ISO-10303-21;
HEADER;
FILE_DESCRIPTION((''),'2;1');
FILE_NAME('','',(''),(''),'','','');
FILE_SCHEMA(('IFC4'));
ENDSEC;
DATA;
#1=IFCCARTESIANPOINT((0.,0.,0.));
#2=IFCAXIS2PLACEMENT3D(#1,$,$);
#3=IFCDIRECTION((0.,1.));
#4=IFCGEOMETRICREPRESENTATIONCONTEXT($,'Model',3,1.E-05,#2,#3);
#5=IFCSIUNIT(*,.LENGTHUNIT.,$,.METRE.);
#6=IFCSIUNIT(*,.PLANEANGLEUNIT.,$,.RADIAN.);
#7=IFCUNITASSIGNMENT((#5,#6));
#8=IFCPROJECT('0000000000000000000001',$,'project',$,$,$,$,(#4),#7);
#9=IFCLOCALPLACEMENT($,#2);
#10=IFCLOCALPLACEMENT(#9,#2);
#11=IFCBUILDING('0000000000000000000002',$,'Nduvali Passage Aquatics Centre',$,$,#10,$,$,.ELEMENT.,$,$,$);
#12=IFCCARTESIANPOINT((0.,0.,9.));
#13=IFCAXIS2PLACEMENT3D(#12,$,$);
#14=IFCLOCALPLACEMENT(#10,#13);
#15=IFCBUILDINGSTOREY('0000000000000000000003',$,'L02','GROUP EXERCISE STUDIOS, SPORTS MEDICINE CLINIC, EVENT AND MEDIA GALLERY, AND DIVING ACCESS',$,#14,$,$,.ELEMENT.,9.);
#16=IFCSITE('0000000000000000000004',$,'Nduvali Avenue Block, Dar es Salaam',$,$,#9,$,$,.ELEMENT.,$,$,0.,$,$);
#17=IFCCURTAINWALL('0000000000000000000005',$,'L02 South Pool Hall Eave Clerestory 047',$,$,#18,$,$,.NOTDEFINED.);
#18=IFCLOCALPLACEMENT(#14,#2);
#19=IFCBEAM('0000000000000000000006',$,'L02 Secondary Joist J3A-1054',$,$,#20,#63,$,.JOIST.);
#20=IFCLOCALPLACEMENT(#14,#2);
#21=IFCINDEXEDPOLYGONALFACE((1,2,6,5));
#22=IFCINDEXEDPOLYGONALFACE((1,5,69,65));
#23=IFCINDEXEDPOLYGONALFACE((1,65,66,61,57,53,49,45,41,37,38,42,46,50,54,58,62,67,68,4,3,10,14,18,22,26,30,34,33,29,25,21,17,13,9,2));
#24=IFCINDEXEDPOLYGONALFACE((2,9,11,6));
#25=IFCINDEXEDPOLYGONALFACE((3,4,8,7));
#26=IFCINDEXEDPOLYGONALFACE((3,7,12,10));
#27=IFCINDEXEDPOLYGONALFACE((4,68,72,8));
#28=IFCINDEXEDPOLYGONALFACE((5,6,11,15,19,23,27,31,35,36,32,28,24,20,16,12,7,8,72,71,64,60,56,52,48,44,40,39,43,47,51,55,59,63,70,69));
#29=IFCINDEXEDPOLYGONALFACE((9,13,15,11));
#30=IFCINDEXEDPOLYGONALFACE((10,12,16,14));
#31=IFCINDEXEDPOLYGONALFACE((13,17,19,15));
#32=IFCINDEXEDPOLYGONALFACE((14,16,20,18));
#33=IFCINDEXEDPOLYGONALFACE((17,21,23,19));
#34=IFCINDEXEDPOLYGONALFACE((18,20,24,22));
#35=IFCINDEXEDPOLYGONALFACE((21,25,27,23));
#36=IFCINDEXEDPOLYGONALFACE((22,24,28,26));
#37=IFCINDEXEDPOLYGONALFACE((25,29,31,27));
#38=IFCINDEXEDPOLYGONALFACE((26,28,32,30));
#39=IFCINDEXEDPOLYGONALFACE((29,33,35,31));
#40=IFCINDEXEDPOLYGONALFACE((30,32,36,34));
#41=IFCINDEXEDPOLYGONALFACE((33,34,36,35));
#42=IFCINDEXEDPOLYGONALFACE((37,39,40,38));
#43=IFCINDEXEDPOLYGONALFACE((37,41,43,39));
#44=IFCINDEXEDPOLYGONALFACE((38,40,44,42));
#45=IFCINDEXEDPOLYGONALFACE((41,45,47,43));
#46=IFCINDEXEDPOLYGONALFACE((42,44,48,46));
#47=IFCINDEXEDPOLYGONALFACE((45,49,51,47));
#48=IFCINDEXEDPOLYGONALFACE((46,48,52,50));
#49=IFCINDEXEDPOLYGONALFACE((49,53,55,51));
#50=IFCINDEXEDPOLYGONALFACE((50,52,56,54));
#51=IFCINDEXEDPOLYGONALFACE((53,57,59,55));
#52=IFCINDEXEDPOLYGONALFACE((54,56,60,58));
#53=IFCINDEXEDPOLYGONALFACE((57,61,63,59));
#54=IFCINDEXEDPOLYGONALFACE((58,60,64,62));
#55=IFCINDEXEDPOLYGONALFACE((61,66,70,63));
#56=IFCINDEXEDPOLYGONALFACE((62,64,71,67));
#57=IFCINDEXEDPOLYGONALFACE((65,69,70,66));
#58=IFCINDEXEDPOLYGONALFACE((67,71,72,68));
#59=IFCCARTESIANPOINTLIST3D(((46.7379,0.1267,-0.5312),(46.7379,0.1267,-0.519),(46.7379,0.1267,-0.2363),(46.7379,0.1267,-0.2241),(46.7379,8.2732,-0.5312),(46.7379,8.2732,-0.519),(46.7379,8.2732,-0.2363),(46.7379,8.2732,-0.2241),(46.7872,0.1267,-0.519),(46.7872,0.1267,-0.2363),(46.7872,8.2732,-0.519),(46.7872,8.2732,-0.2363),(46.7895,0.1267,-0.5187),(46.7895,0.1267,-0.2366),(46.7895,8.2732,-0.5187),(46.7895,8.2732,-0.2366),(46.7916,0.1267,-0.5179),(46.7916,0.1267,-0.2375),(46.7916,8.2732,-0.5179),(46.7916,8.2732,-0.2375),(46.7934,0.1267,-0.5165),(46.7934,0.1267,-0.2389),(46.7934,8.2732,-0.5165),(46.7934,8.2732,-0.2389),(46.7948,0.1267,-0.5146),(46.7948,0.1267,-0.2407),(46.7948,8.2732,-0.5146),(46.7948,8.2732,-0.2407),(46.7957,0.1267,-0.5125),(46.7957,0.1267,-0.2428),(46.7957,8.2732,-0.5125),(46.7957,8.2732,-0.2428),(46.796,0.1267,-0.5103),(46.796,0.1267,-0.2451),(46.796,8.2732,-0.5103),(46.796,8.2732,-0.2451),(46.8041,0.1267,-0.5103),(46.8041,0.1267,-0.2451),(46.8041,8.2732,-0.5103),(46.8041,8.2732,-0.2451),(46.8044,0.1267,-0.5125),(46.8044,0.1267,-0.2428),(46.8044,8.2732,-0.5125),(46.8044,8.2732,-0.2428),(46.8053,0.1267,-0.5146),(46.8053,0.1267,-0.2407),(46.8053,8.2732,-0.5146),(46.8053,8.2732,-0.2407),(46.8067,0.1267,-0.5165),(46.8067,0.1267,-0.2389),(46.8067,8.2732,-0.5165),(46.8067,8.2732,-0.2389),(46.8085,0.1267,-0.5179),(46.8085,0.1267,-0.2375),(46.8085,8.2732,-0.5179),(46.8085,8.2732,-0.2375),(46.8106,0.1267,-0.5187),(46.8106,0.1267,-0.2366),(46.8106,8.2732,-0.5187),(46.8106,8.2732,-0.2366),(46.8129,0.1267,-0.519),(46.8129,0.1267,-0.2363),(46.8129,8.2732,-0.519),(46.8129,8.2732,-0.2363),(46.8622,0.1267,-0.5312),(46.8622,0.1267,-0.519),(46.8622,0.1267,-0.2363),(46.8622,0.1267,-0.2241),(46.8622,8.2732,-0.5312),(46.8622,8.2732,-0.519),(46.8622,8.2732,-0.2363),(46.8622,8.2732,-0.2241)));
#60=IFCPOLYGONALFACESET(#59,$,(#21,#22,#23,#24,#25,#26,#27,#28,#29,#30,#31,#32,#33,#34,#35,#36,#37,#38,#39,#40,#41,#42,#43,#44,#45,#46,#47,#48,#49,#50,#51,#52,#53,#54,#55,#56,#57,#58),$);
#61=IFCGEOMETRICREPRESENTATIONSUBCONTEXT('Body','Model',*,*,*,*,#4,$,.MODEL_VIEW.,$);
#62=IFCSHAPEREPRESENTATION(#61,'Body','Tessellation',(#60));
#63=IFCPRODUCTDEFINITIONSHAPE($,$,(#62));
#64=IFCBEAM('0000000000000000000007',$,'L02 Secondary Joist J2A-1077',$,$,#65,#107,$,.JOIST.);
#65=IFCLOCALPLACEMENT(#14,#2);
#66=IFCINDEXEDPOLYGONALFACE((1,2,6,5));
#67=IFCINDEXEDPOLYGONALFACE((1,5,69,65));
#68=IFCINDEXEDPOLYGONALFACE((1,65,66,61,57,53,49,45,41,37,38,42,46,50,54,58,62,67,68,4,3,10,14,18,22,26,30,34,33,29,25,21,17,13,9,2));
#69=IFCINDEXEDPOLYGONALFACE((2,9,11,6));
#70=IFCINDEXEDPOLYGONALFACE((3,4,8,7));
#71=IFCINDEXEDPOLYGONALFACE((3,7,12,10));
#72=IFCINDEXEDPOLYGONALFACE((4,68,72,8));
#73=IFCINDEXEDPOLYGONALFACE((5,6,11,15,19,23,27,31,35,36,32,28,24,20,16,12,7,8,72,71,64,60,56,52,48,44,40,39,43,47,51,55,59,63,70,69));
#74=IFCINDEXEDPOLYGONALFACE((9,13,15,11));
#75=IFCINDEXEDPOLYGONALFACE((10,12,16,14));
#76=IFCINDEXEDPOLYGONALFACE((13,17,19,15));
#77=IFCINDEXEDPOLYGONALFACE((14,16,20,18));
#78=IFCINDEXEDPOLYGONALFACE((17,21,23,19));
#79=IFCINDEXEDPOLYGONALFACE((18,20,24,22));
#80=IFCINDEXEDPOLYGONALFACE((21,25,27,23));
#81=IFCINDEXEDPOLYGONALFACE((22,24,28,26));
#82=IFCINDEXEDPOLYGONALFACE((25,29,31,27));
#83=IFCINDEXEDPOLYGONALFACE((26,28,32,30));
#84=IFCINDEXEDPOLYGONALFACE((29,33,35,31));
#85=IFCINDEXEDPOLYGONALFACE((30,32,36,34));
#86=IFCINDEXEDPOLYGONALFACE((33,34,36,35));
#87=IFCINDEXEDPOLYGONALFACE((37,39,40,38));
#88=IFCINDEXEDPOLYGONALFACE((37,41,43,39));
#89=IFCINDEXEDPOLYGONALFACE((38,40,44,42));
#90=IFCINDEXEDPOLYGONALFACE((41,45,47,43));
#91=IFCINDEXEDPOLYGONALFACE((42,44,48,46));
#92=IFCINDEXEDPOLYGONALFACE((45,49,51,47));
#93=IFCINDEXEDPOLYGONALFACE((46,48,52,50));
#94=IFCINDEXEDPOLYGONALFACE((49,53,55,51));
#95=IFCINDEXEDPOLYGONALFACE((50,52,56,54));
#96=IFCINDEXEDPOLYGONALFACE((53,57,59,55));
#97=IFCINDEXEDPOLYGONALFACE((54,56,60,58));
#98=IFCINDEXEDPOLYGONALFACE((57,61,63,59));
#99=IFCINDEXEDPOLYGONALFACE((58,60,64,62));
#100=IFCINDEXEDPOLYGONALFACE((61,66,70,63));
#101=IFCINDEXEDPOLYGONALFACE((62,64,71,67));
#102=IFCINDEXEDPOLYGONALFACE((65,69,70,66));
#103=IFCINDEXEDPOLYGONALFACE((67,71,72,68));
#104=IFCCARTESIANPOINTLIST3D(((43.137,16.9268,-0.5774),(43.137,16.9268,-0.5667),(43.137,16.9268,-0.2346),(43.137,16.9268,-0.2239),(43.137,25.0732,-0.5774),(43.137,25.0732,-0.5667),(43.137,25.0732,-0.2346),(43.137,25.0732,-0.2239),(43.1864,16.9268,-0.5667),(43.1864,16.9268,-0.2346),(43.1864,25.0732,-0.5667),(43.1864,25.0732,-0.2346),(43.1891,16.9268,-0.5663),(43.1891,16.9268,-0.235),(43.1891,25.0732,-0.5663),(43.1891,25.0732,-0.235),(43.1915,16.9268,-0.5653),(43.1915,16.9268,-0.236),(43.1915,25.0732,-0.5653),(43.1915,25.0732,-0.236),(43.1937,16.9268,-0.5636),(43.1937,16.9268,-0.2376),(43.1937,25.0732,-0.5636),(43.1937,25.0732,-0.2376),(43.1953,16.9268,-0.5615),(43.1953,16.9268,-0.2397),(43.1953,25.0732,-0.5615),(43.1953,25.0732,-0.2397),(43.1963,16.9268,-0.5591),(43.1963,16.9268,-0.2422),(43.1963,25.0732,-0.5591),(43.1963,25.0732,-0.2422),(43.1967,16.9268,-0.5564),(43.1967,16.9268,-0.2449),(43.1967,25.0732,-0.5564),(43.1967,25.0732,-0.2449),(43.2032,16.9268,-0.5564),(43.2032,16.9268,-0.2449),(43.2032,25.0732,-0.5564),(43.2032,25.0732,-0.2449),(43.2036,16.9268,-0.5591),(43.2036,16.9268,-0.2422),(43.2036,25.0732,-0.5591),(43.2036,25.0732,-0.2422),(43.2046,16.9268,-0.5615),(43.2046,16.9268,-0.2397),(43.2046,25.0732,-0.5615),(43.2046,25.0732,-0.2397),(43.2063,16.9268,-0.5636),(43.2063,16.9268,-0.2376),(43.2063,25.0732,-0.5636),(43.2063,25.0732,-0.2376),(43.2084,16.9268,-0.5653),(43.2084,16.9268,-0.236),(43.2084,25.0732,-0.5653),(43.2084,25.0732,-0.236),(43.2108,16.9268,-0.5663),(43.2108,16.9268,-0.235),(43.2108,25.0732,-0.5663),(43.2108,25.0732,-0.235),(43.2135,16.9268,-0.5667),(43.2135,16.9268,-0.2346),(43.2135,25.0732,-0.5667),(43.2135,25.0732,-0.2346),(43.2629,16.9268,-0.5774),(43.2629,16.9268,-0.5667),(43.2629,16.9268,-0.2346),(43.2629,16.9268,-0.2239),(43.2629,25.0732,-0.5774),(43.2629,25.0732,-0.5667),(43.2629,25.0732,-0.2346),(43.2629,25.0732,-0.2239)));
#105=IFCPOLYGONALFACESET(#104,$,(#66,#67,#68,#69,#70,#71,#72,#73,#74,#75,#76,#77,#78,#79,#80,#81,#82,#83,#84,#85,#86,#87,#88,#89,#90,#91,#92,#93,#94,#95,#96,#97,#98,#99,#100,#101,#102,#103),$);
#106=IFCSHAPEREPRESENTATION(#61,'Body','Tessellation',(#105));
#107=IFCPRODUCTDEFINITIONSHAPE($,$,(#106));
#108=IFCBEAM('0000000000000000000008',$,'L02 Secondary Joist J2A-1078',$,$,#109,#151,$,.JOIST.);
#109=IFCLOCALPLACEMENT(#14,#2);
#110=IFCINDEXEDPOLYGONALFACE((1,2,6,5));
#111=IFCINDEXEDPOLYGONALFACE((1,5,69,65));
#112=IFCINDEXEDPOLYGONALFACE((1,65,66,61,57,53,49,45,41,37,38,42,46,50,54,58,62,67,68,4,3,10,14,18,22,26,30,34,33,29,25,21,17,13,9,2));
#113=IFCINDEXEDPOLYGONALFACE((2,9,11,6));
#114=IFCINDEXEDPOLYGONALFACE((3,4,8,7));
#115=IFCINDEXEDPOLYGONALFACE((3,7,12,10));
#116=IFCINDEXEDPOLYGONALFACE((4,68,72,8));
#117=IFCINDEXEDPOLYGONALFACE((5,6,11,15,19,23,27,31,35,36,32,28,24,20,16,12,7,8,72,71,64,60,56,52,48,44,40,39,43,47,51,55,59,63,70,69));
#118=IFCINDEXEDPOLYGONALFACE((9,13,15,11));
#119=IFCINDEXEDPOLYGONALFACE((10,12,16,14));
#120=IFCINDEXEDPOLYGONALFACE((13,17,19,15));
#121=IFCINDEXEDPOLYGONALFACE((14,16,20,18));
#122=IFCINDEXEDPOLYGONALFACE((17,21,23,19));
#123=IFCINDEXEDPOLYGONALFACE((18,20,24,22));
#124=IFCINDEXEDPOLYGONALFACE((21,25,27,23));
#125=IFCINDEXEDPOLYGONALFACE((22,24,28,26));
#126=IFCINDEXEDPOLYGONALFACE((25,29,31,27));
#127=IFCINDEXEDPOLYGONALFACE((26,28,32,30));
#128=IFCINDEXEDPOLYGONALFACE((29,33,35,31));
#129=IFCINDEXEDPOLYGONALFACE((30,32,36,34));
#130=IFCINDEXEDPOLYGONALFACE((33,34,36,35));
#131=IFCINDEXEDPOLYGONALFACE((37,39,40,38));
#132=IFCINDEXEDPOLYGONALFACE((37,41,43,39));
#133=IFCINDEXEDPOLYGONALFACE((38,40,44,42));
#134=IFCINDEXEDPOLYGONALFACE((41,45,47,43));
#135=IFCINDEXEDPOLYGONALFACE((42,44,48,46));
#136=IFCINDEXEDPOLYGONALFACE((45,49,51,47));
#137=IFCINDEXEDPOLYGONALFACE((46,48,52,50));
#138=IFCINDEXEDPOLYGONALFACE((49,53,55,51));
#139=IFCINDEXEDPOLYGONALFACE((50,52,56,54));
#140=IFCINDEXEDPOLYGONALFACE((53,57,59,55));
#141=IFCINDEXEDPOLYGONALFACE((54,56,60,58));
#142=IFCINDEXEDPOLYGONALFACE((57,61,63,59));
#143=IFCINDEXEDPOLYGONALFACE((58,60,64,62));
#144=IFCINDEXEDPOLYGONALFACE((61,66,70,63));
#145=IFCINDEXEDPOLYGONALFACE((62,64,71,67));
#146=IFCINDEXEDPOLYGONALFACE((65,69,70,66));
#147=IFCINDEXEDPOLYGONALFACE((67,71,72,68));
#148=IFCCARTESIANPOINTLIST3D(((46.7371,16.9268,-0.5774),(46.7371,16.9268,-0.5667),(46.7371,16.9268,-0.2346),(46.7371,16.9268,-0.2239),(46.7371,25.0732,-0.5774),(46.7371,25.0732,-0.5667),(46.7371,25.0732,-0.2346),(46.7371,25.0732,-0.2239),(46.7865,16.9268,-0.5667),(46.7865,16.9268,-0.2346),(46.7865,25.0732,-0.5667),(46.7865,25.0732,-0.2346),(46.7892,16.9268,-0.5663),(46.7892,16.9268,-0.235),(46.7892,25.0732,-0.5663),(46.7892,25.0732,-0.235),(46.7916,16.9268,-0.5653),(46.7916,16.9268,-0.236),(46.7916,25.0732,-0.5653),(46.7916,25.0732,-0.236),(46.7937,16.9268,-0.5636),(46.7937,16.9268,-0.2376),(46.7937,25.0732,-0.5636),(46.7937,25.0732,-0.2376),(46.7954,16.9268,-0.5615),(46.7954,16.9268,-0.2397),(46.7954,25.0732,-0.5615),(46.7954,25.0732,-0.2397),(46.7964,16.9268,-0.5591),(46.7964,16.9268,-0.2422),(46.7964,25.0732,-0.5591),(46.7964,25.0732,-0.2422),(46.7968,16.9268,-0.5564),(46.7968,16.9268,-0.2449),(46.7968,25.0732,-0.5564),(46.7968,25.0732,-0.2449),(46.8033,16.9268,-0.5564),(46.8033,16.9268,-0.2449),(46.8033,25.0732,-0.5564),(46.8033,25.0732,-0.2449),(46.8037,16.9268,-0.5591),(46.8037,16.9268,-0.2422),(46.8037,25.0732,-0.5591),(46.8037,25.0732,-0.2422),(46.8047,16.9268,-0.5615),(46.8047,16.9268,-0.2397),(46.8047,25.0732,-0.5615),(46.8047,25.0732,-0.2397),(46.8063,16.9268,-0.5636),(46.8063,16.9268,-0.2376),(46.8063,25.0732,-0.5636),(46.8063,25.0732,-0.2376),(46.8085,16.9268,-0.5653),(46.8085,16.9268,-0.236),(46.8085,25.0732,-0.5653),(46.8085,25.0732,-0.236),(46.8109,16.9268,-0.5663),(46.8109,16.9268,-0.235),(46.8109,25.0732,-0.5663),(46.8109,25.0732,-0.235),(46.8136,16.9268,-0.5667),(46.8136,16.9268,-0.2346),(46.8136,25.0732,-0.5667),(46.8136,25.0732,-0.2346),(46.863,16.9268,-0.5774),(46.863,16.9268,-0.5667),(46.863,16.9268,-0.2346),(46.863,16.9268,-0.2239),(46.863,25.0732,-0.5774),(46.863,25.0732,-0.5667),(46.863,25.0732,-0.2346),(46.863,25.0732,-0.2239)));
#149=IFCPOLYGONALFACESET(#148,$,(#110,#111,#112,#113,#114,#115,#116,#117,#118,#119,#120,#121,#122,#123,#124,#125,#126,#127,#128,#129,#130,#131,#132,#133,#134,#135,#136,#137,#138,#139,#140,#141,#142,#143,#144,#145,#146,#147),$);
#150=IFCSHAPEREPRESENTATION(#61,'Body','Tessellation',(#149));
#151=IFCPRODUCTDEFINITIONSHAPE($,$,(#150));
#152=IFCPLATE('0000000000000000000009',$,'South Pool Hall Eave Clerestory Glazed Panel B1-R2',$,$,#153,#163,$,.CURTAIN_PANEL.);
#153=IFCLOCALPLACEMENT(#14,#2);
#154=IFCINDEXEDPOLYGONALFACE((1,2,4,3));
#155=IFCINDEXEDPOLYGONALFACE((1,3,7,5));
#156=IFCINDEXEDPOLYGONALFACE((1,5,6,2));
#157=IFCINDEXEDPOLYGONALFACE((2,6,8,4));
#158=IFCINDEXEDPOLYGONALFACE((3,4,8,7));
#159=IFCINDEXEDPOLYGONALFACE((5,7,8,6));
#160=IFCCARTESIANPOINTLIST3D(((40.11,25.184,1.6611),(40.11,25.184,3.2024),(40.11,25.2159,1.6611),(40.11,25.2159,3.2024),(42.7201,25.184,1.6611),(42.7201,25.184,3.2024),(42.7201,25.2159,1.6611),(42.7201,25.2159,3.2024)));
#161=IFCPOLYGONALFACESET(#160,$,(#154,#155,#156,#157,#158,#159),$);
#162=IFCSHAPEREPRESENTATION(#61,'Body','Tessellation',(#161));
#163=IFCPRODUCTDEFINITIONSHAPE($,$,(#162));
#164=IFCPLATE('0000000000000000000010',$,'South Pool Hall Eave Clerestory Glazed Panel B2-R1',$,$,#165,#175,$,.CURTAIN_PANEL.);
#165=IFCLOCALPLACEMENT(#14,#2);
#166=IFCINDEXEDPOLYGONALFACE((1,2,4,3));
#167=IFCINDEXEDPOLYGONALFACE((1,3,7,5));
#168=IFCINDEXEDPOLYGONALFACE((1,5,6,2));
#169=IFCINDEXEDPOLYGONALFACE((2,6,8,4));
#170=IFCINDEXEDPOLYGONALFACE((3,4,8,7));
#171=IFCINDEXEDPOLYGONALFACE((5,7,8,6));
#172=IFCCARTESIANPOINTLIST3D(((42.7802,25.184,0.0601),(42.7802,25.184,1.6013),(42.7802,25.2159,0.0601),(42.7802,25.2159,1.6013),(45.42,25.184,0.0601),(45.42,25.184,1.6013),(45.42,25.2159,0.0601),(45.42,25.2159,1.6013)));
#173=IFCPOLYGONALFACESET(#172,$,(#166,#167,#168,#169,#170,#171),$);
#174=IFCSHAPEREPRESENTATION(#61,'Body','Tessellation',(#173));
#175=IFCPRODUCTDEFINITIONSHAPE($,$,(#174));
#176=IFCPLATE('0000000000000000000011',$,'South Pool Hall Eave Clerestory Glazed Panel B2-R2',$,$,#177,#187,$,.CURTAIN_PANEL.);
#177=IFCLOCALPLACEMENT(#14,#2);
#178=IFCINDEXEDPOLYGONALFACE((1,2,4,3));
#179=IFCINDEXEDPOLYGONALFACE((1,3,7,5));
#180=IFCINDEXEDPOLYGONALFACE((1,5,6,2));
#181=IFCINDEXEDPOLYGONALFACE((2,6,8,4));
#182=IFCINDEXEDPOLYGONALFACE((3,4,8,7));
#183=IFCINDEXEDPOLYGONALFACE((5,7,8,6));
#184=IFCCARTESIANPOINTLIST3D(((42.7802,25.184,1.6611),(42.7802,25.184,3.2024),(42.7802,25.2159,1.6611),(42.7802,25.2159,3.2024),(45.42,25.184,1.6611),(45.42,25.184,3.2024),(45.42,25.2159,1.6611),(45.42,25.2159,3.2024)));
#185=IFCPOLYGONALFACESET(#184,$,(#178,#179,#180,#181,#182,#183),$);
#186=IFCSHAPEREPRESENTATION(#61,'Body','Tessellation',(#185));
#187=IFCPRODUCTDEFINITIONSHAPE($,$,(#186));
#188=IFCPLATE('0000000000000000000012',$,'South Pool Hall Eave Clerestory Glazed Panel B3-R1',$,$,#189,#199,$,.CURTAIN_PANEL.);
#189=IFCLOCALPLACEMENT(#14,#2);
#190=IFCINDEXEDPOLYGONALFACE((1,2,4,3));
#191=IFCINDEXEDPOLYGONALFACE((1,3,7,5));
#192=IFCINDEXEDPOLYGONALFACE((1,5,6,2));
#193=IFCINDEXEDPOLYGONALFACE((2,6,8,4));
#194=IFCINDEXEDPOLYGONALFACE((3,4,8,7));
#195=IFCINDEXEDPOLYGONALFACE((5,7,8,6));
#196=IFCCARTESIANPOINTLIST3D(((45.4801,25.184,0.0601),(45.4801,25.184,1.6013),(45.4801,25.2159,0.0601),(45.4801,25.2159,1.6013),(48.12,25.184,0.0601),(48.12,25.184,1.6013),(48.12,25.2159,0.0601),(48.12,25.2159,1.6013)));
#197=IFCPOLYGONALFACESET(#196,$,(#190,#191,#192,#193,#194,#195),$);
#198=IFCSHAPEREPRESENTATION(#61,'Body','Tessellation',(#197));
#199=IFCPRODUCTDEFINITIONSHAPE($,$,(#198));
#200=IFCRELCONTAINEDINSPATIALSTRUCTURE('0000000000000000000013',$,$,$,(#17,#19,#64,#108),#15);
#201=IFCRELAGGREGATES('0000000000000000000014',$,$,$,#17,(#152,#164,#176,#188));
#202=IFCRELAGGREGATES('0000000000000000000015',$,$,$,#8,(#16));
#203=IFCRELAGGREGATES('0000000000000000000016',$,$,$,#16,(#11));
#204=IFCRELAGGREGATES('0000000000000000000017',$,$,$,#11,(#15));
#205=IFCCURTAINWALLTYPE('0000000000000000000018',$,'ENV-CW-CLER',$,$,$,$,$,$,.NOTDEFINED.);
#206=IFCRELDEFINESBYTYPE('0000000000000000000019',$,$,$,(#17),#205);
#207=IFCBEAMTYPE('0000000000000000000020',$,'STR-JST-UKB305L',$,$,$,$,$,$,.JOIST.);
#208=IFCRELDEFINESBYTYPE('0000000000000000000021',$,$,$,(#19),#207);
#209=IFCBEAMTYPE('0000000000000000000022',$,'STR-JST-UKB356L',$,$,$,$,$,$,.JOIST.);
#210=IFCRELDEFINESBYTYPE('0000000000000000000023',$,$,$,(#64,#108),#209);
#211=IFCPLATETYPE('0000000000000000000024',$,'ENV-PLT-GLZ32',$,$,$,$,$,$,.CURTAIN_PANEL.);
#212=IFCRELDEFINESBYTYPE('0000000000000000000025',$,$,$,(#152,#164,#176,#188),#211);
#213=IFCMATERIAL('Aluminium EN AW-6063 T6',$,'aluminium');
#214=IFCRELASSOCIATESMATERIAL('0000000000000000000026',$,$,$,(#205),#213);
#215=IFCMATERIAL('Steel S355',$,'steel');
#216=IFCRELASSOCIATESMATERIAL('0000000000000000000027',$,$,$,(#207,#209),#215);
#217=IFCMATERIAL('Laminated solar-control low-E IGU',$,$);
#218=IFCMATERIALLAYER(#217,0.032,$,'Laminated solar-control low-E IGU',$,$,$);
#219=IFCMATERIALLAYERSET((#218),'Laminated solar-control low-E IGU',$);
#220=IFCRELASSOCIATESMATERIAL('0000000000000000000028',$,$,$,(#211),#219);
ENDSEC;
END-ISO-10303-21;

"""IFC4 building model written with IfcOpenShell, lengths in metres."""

from ifc_helpers import new_model, si_unit, direction, frame, origin, origin_2d, place, context, subcontext, project, spatial, rectangle, i_section, extrude, material, layer, layer_set, material_profile, profile_set, type_object, element, aggregate, save


model = new_model("IFC4")

# Units and contexts
model_context = context("Model", 3, precision=1e-05, world=origin(), true_north=direction((0.0, 1.0)))
body_context = subcontext(model_context, "Body", "Model", "MODEL_VIEW")
ifc_project = project(units=[si_unit("LENGTHUNIT", "METRE"), si_unit("PLANEANGLEUNIT", "RADIAN")], contexts=[model_context])

# Site, building, storey
site_placement = place(None, origin())
site = spatial("IfcSite", under=ifc_project, at=site_placement, Name="Nduvali Avenue Block, Dar es Salaam", CompositionType="ELEMENT", RefElevation=0.0)
building_placement = place(site_placement, origin())
building = spatial("IfcBuilding", under=site, at=building_placement, Name="Nduvali Passage Aquatics Centre", CompositionType="ELEMENT")
storey_placement = place(building_placement, frame((0.0, 0.0, 9.0)))
storey = spatial("IfcBuildingStorey", under=building, at=storey_placement, Name="L02", Description="GROUP EXERCISE STUDIOS, SPORTS MEDICINE CLINIC, EVENT AND MEDIA GALLERY, AND DIVING ACCESS", CompositionType="ELEMENT", Elevation=9.0)

# Curtain wall
ifc_material_1 = material(Name="Aluminium EN AW-6063 T6", Category="aluminium")
curtain_wall_type = type_object("IfcCurtainWallType", Name="ENV-CW-CLER", PredefinedType="NOTDEFINED", material=ifc_material_1)
curtain_wall_placement = place(storey_placement, origin())
curtain_wall = element("IfcCurtainWall", 1, at=curtain_wall_placement, inside=storey, type_object=curtain_wall_type, Name="L02 South Pool Hall Eave Clerestory 047", PredefinedType="NOTDEFINED")

# Beams
ifc_material_2 = material(Name="Steel S355", Category="steel")
ifc_material_profile_1 = material_profile(ifc_material_2, i_section(OverallWidth=0.1243, OverallDepth=0.3071, WebThickness=0.0081, FlangeThickness=0.0122, FilletRadius=0.0088, at=origin_2d()), Name="UKB 305x127x42")
ifc_profile_set_1 = profile_set([ifc_material_profile_1], Name="Steel S355")
beam_type_1 = type_object("IfcBeamType", Name="STR-JST-UKB305L", PredefinedType="JOIST", material=ifc_profile_set_1)
for number, where, z_axis, x_axis, name in (
    (2, (46.8, 0.1267, -0.3777), (0.0, 1.0, 0.0), (-1.0, 0.0, 0.0), "L02 Secondary Joist J3A-1054"),
):
    element("IfcBeam", number, at=place(storey_placement, frame(where, z_axis=z_axis, x_axis=x_axis)), inside=storey, type_object=beam_type_1, Name=name, PredefinedType="JOIST", context=body_context, shape_type="SweptSolid", body=[
        extrude(i_section(OverallWidth=0.1243, OverallDepth=0.3071, WebThickness=0.0081, FlangeThickness=0.0122, FilletRadius=0.0088, at=origin_2d()), origin(), (0.0, 0.0, 1.0), 8.1465),
    ])
ifc_material_profile_2 = material_profile(ifc_material_2, i_section(OverallWidth=0.126, OverallDepth=0.3535, WebThickness=0.0066, FlangeThickness=0.0107, FilletRadius=0.0103, at=origin_2d()), Name="UKB 356x127x39")
ifc_profile_set_2 = profile_set([ifc_material_profile_2], Name="Steel S355")
beam_type_2 = type_object("IfcBeamType", Name="STR-JST-UKB356L", PredefinedType="JOIST", material=ifc_profile_set_2)
for number, where, z_axis, x_axis, name in (
    (3, (43.2, 16.9268, -0.4006), (0.0, 1.0, 0.0), (-1.0, 0.0, 0.0), "L02 Secondary Joist J2A-1077"),
    (4, (46.8, 16.9268, -0.4006), (0.0, 1.0, 0.0), (-1.0, 0.0, 0.0), "L02 Secondary Joist J2A-1078"),
):
    element("IfcBeam", number, at=place(storey_placement, frame(where, z_axis=z_axis, x_axis=x_axis)), inside=storey, type_object=beam_type_2, Name=name, PredefinedType="JOIST", context=body_context, shape_type="SweptSolid", body=[
        extrude(i_section(OverallWidth=0.126, OverallDepth=0.3535, WebThickness=0.0066, FlangeThickness=0.0107, FilletRadius=0.0103, at=origin_2d()), origin(), (0.0, 0.0, 1.0), 8.1465),
    ])

# Plates
ifc_material_3 = material(Name="Laminated solar-control low-E IGU")
ifc_layer = layer(ifc_material_3, 0.032, Name="Laminated solar-control low-E IGU")
ifc_layer_set = layer_set([ifc_layer], Name="Laminated solar-control low-E IGU")
plate_type = type_object("IfcPlateType", Name="ENV-PLT-GLZ32", PredefinedType="CURTAIN_PANEL", material=ifc_layer_set)
plate_1_placement = place(storey_placement, frame((41.415, 25.2, 1.6611), z_axis=(0.0, 0.0, 1.0), x_axis=(1.0, 0.0, 0.0)))
plate_1 = element("IfcPlate", 5, at=plate_1_placement, type_object=plate_type, Name="South Pool Hall Eave Clerestory Glazed Panel B1-R2", PredefinedType="CURTAIN_PANEL", context=body_context, shape_type="SweptSolid", body=[
    extrude(rectangle(XDim=2.6101, YDim=0.032, at=origin_2d()), origin(), (0.0, 0.0, 1.0), 1.5413),
])
plate_2_placement = place(storey_placement, frame((44.1001, 25.2, 0.0601), z_axis=(0.0, 0.0, 1.0), x_axis=(1.0, 0.0, 0.0)))
plate_2 = element("IfcPlate", 6, at=plate_2_placement, type_object=plate_type, Name="South Pool Hall Eave Clerestory Glazed Panel B2-R1", PredefinedType="CURTAIN_PANEL", context=body_context, shape_type="SweptSolid", body=[
    extrude(rectangle(XDim=2.6399, YDim=0.032, at=origin_2d()), origin(), (0.0, 0.0, 1.0), 1.5413),
])
plate_3_placement = place(storey_placement, frame((44.1001, 25.2, 1.6611), z_axis=(0.0, 0.0, 1.0), x_axis=(1.0, 0.0, 0.0)))
plate_3 = element("IfcPlate", 7, at=plate_3_placement, type_object=plate_type, Name="South Pool Hall Eave Clerestory Glazed Panel B2-R2", PredefinedType="CURTAIN_PANEL", context=body_context, shape_type="SweptSolid", body=[
    extrude(rectangle(XDim=2.6399, YDim=0.032, at=origin_2d()), origin(), (0.0, 0.0, 1.0), 1.5413),
])
plate_4_placement = place(storey_placement, frame((46.8, 25.2, 0.0601), z_axis=(0.0, 0.0, 1.0), x_axis=(1.0, 0.0, 0.0)))
plate_4 = element("IfcPlate", 8, at=plate_4_placement, type_object=plate_type, Name="South Pool Hall Eave Clerestory Glazed Panel B3-R1", PredefinedType="CURTAIN_PANEL", context=body_context, shape_type="SweptSolid", body=[
    extrude(rectangle(XDim=2.6399, YDim=0.032, at=origin_2d()), origin(), (0.0, 0.0, 1.0), 1.5413),
])
aggregate(curtain_wall, [plate_1, plate_2, plate_3, plate_4])

save(model, "model.ifc")
